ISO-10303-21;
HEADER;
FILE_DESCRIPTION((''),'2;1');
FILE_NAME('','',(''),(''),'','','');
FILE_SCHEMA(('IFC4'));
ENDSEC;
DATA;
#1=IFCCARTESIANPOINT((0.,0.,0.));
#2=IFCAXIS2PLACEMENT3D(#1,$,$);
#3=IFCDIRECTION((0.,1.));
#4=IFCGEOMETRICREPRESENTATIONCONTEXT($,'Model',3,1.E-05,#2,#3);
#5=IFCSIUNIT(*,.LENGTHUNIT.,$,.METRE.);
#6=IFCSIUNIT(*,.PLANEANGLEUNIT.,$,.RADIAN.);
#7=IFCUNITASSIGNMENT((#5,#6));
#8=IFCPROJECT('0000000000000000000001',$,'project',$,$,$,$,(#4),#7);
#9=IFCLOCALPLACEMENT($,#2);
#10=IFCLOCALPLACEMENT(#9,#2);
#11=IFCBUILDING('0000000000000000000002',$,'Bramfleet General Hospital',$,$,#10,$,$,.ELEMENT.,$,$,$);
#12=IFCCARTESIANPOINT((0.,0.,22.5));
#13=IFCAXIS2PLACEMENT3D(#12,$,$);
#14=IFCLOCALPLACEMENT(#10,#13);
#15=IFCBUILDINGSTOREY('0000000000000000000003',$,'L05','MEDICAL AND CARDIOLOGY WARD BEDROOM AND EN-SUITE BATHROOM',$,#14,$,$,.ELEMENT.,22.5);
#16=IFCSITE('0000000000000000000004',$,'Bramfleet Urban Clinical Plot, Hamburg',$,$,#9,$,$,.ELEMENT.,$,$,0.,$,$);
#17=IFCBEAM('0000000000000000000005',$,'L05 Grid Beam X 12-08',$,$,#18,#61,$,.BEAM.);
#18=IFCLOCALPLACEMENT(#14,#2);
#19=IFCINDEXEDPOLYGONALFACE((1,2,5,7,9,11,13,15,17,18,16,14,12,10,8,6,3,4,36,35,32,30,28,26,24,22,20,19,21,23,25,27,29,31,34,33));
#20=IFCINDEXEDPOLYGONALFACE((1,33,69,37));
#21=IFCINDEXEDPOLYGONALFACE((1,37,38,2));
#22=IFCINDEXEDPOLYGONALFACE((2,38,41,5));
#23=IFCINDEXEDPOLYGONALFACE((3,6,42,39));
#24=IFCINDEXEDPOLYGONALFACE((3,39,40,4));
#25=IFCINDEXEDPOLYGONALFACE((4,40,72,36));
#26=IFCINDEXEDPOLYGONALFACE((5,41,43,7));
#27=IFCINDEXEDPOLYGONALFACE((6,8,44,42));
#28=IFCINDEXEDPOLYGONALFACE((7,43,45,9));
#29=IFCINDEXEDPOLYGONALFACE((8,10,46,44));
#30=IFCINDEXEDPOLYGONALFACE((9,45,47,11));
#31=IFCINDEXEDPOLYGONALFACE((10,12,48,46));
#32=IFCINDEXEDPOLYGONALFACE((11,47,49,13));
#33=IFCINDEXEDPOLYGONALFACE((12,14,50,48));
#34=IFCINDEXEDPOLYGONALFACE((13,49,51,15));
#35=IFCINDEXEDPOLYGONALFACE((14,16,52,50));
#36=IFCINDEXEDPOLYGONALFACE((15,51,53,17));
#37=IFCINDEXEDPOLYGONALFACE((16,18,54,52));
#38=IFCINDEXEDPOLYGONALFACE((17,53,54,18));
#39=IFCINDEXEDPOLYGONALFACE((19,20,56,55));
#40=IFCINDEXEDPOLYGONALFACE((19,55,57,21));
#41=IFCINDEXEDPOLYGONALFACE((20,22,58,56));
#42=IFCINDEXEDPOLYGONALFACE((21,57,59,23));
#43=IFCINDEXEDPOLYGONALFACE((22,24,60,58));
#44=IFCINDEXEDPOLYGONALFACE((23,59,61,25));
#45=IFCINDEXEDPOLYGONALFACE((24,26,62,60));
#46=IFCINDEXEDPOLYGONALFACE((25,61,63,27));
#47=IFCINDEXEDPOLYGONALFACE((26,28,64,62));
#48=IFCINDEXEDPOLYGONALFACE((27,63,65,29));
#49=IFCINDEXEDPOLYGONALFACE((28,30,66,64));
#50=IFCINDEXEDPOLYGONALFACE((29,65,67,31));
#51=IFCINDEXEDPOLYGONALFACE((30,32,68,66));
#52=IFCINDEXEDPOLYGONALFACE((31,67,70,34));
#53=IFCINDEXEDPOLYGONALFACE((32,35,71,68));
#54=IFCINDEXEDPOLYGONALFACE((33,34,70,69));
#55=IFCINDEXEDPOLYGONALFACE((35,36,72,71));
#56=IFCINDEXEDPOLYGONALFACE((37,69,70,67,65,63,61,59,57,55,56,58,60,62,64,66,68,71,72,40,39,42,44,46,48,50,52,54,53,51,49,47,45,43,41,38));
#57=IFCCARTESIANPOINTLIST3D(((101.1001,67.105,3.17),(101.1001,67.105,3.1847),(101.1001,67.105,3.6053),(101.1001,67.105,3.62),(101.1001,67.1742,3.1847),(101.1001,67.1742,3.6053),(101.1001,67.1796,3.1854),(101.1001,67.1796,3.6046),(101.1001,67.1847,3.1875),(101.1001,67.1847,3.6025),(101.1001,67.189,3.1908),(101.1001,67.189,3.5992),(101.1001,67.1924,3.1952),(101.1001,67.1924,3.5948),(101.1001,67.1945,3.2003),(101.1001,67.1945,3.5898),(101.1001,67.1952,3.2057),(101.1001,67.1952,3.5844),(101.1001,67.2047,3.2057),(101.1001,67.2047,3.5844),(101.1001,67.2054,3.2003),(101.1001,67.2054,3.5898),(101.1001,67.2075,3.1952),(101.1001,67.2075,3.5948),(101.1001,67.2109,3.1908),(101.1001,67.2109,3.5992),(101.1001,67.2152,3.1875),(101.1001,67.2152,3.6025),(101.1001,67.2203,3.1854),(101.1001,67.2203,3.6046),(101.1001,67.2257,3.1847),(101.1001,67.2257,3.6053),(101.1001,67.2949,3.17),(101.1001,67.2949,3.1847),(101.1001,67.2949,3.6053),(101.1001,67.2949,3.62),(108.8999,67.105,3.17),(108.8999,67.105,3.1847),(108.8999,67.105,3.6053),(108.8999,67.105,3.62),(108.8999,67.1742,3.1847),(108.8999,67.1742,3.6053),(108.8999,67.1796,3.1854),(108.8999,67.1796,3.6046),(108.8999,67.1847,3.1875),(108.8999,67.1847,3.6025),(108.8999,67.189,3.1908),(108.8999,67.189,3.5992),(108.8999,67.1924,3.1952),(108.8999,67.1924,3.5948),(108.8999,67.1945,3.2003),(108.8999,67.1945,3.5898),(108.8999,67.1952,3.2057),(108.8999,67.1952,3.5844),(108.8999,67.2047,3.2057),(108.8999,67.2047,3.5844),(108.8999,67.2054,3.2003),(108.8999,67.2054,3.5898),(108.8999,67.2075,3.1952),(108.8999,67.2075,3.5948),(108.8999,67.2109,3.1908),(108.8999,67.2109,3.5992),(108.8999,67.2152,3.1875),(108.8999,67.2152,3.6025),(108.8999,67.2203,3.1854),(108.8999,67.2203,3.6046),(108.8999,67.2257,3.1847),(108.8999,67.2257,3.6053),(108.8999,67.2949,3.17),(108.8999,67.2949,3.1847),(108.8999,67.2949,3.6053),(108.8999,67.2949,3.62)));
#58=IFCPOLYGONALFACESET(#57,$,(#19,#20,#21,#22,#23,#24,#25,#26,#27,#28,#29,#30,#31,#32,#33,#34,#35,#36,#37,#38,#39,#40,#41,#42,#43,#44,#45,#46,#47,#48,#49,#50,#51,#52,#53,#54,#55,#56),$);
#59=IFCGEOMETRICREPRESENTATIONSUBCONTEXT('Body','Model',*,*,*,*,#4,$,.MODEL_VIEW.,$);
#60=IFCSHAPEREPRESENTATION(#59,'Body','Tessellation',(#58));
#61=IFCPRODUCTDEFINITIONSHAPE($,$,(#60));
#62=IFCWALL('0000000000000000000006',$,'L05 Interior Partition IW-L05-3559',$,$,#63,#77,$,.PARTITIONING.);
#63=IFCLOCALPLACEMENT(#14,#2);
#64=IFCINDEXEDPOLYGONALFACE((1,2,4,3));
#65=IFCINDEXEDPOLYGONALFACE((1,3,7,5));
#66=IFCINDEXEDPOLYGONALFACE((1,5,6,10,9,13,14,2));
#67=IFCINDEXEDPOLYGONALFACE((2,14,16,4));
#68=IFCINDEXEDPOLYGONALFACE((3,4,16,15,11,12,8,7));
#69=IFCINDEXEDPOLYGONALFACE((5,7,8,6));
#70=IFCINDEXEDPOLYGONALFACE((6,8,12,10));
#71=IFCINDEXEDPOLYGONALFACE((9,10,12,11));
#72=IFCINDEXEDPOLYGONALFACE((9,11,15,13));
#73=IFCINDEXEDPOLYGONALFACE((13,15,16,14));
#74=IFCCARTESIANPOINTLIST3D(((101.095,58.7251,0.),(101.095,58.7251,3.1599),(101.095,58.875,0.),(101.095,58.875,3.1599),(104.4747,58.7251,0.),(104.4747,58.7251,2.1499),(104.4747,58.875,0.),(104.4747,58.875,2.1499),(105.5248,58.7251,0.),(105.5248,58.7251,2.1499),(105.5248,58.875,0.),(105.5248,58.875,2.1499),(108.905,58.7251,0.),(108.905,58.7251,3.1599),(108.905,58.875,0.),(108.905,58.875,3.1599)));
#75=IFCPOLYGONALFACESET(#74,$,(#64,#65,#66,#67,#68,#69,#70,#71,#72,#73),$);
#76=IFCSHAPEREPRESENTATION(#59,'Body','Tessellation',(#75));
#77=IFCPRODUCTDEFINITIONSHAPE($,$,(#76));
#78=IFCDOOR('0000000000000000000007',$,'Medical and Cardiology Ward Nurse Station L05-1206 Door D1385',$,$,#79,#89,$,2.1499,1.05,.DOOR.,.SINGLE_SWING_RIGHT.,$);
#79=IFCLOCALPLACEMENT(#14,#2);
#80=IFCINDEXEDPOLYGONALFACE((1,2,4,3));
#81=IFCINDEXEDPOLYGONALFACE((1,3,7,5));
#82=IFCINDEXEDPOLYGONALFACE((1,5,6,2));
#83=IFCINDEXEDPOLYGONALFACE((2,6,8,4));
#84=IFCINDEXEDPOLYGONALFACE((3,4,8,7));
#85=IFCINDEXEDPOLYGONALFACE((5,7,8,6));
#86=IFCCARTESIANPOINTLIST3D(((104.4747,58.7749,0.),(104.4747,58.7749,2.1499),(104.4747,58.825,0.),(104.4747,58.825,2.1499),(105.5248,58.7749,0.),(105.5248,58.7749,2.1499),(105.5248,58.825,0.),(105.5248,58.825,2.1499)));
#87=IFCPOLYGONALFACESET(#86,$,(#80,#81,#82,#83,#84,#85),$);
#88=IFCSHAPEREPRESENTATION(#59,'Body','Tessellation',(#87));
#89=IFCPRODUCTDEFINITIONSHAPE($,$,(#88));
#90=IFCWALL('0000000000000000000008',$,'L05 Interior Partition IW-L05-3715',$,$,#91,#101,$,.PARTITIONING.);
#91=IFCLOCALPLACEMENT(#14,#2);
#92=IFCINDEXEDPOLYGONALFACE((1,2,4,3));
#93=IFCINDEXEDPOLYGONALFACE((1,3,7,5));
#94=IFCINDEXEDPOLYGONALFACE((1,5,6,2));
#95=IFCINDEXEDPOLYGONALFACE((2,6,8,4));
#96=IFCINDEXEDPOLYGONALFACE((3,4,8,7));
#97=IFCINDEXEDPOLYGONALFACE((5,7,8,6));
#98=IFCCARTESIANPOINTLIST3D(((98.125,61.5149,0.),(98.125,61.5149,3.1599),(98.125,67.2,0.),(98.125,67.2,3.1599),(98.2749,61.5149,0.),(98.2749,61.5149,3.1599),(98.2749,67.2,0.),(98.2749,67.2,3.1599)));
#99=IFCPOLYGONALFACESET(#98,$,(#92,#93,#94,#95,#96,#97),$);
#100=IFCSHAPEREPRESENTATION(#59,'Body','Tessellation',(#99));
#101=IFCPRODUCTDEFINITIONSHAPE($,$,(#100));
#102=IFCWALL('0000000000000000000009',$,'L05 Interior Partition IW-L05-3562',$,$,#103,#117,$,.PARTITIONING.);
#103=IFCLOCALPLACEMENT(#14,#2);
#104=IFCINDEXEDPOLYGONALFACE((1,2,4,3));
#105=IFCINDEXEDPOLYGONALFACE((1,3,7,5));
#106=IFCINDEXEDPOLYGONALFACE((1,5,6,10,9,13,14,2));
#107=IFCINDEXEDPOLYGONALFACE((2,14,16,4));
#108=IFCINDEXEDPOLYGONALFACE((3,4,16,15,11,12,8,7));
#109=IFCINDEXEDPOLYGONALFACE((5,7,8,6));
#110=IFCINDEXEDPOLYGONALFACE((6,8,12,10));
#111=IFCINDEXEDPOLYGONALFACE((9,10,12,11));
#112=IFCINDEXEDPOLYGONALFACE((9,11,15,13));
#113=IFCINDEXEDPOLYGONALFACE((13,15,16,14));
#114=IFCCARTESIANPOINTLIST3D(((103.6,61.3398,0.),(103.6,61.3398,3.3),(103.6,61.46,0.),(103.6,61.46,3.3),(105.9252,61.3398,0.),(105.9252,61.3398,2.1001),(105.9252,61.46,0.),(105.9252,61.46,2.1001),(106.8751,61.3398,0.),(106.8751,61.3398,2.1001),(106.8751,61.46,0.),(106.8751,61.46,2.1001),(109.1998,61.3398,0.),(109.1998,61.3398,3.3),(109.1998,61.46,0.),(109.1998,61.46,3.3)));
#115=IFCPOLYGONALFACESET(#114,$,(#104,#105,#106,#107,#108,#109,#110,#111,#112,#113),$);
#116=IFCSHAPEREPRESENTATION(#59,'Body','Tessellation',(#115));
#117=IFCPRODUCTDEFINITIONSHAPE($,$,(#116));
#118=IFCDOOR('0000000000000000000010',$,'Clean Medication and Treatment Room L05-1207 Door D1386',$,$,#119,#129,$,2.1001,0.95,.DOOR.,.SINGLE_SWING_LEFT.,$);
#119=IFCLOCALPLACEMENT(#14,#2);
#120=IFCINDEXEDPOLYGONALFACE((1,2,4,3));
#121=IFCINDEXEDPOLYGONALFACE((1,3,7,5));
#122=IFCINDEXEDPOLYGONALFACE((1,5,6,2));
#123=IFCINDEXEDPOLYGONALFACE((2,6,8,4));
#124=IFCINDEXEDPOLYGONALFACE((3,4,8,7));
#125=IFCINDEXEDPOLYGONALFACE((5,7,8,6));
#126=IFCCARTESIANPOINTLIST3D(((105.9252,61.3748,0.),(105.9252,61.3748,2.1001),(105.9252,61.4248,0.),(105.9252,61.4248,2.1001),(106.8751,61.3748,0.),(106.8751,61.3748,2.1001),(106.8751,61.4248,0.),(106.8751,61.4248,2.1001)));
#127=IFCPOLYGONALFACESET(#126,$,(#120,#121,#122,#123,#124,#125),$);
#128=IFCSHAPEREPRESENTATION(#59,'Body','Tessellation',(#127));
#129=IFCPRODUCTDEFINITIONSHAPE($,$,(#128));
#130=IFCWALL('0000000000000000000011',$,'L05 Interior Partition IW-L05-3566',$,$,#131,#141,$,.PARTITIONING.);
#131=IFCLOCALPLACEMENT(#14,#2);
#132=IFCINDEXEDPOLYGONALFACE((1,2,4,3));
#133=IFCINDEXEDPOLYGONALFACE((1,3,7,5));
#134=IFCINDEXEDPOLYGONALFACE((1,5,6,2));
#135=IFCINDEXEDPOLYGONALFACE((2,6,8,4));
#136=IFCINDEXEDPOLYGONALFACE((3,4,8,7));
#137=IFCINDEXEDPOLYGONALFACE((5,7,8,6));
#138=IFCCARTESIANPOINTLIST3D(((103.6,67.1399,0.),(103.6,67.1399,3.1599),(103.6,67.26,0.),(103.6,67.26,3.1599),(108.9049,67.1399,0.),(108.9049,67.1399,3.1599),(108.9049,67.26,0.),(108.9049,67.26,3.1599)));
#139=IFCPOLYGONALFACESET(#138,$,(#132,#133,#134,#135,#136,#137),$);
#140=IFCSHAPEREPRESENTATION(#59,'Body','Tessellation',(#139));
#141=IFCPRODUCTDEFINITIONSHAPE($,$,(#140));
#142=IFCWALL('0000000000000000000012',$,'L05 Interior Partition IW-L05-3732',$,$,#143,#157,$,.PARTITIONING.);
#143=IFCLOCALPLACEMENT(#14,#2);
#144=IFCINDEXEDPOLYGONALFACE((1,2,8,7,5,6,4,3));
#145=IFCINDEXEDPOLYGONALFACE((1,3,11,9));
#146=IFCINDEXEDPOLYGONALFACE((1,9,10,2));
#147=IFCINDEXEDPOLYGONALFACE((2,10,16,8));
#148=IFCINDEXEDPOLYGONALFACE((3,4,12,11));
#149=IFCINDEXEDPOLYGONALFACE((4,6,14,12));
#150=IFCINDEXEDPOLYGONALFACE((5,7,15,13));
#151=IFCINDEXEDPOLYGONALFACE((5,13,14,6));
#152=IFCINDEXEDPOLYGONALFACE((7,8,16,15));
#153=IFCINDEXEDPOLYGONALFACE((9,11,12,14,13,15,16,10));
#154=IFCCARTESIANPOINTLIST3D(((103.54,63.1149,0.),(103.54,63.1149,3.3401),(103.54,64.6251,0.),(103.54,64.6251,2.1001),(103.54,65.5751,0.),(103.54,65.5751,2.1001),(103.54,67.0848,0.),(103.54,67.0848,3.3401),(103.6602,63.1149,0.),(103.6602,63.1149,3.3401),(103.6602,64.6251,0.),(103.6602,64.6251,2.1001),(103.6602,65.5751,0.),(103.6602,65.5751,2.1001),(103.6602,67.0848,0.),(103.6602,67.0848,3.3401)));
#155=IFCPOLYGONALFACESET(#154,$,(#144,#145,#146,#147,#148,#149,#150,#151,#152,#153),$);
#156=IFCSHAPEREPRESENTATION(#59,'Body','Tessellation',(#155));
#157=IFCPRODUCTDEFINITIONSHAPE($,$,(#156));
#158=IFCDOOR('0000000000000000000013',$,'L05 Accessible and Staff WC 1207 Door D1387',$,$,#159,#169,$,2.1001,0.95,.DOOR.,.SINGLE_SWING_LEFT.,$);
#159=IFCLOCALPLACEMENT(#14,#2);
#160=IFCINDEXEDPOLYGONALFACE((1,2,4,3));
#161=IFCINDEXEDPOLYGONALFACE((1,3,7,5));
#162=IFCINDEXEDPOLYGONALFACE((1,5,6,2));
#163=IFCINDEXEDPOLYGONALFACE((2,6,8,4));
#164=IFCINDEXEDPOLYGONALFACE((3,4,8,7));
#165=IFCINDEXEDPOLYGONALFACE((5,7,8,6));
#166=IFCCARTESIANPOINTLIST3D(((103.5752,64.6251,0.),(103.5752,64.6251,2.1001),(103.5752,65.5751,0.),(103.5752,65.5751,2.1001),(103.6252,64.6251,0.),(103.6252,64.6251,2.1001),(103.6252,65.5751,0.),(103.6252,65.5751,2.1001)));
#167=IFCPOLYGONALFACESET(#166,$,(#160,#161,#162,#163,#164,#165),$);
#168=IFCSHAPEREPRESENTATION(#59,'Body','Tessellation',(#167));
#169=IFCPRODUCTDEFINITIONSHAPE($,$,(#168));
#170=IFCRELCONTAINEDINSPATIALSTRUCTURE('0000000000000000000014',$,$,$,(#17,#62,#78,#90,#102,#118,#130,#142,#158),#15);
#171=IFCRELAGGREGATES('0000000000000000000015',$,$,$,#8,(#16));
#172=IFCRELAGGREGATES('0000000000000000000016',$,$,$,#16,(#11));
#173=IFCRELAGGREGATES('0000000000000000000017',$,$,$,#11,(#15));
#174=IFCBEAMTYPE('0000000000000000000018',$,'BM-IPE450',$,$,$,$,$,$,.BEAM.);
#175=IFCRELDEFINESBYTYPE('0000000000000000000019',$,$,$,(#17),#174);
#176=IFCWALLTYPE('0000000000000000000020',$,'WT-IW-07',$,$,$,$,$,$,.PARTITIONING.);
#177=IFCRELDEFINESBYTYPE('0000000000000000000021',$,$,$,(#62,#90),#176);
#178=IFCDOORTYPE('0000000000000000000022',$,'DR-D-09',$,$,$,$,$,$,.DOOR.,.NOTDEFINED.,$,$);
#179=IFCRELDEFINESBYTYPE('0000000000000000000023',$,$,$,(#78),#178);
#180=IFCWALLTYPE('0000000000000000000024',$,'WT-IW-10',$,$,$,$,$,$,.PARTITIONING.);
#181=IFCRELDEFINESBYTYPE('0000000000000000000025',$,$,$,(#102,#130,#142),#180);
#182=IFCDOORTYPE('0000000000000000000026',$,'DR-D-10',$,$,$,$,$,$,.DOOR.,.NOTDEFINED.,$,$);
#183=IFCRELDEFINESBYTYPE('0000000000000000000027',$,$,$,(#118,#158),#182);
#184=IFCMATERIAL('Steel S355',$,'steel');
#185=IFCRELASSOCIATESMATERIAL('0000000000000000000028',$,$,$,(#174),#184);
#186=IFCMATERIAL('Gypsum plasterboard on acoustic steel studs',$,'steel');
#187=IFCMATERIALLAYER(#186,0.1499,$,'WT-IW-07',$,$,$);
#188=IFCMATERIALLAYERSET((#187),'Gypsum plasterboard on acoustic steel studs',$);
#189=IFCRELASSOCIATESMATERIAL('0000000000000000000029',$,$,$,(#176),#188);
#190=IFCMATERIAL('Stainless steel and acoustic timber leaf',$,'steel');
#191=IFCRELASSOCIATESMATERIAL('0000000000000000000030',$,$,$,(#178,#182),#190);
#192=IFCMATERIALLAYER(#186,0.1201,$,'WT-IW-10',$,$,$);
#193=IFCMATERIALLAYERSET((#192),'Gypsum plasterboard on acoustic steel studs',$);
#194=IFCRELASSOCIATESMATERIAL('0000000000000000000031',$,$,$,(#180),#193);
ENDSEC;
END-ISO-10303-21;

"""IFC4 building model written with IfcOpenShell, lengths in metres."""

from ifc_helpers import new_model, si_unit, direction, frame, frame_2d, origin, origin_2d, place, context, subcontext, project, spatial, rectangle, i_section, extrude, material, layer, layer_set, material_profile, profile_set, type_object, element, fill, save


model = new_model("IFC4")

# Units and contexts
model_context = context("Model", 3, precision=1e-05, world=origin(), true_north=direction((0.0, 1.0)))
body_context = subcontext(model_context, "Body", "Model", "MODEL_VIEW")
ifc_project = project(units=[si_unit("LENGTHUNIT", "METRE"), si_unit("PLANEANGLEUNIT", "RADIAN")], contexts=[model_context])

# Site, building, storey
site_placement = place(None, origin())
site = spatial("IfcSite", under=ifc_project, at=site_placement, Name="Bramfleet Urban Clinical Plot, Hamburg", CompositionType="ELEMENT", RefElevation=0.0)
building_placement = place(site_placement, origin())
building = spatial("IfcBuilding", under=site, at=building_placement, Name="Bramfleet General Hospital", CompositionType="ELEMENT")
storey_placement = place(building_placement, frame((0.0, 0.0, 22.5)))
storey = spatial("IfcBuildingStorey", under=building, at=storey_placement, Name="L05", Description="MEDICAL AND CARDIOLOGY WARD BEDROOM AND EN-SUITE BATHROOM", CompositionType="ELEMENT", Elevation=22.5)

# Beam
ifc_material_1 = material(Name="Steel S355", Category="steel")
ifc_material_profile_1 = material_profile(ifc_material_1, i_section(OverallWidth=0.1899, OverallDepth=0.45, WebThickness=0.0095, FlangeThickness=0.0146, FilletRadius=0.021, at=origin_2d()), Name="IPE 450")
ifc_profile_set_1 = profile_set([ifc_material_profile_1], Name="Steel S355")
beam_type_1 = type_object("IfcBeamType", Name="BM-IPE450", PredefinedType="BEAM", material=ifc_profile_set_1)
for number, where, z_axis, x_axis, name in (
    (1, (101.1001, 67.2, 3.395), (1.0, 0.0, 0.0), (0.0, 1.0, 0.0), "L05 Grid Beam X 12-08"),
):
    element("IfcBeam", number, at=place(storey_placement, frame(where, z_axis=z_axis, x_axis=x_axis)), inside=storey, type_object=beam_type_1, Name=name, PredefinedType="BEAM", context=body_context, shape_type="SweptSolid", body=[
        extrude(i_section(OverallWidth=0.1899, OverallDepth=0.45, WebThickness=0.0095, FlangeThickness=0.0146, FilletRadius=0.021, at=origin_2d()), origin(), (0.0, 0.0, 1.0), 7.7998),
    ])

# Wall, opening, door
ifc_material_2 = material(Name="Gypsum plasterboard on acoustic steel studs", Category="steel")
ifc_layer_1 = layer(ifc_material_2, 0.1499, Name="WT-IW-07")
ifc_layer_set_1 = layer_set([ifc_layer_1], Name="Gypsum plasterboard on acoustic steel studs")
wall_type_1 = type_object("IfcWallType", Name="WT-IW-07", PredefinedType="PARTITIONING", material=ifc_layer_set_1)
wall_1_placement = place(storey_placement, frame((101.095, 58.8, 0.0), z_axis=(0.0, 0.0, 1.0), x_axis=(1.0, 0.0, 0.0)))
wall_1 = element("IfcWall", 2, at=wall_1_placement, inside=storey, type_object=wall_type_1, Name="L05 Interior Partition IW-L05-3559", PredefinedType="PARTITIONING", context=body_context, shape_type="SweptSolid", body=[
    extrude(rectangle(XDim=7.8101, YDim=0.1499, at=frame_2d((3.905, 0.0))), origin(), (0.0, 0.0, 1.0), 3.1599),
])
opening_1_placement = place(wall_1_placement, frame((3.3799, 0.0, 0.0)))
opening_1 = element("IfcOpeningElement", 3, at=opening_1_placement, cuts=wall_1, PredefinedType="OPENING", context=body_context, shape_type="SweptSolid", body=[
    extrude(rectangle(XDim=1.05, YDim=2.1499, at=frame_2d((0.5249, 1.075))), frame((0.0, 0.085, 0.0), z_axis=(0.0, -1.0, 0.0), x_axis=(1.0, 0.0, 0.0)), (0.0, 0.0, 1.0), 0.1699),
])
ifc_material_3 = material(Name="Stainless steel and acoustic timber leaf", Category="steel")
door_type_1 = type_object("IfcDoorType", Name="DR-D-09", OperationType="NOTDEFINED", PredefinedType="DOOR", material=ifc_material_3)
door_1_placement = place(opening_1_placement, origin())
door_1 = element("IfcDoor", 4, at=door_1_placement, inside=storey, type_object=door_type_1, Name="Medical and Cardiology Ward Nurse Station L05-1206 Door D1385", OperationType="SINGLE_SWING_RIGHT", OverallHeight=2.1499, OverallWidth=1.05, PredefinedType="DOOR", context=body_context, shape_type="SweptSolid", body=[
    extrude(rectangle(XDim=1.05, YDim=2.1499, at=frame_2d((0.5249, 1.075))), frame((0.0, 0.0249, 0.0), z_axis=(0.0, -1.0, 0.0), x_axis=(1.0, 0.0, 0.0)), (0.0, 0.0, 1.0), 0.05),
])
fill(opening_1, door_1)

# Wall
wall_2_placement = place(storey_placement, frame((98.2, 61.5149, 0.0), z_axis=(0.0, 0.0, 1.0), x_axis=(0.0, 1.0, 0.0)))
element("IfcWall", 5, at=wall_2_placement, inside=storey, type_object=wall_type_1, Name="L05 Interior Partition IW-L05-3715", PredefinedType="PARTITIONING", context=body_context, shape_type="SweptSolid", body=[
    extrude(rectangle(XDim=5.6851, YDim=0.1499, at=frame_2d((2.8425, 0.0))), origin(), (0.0, 0.0, 1.0), 3.1599),
])

# Wall, opening, door
ifc_layer_2 = layer(ifc_material_2, 0.1201, Name="WT-IW-10")
ifc_layer_set_2 = layer_set([ifc_layer_2], Name="Gypsum plasterboard on acoustic steel studs")
wall_type_2 = type_object("IfcWallType", Name="WT-IW-10", PredefinedType="PARTITIONING", material=ifc_layer_set_2)
wall_3_placement = place(storey_placement, frame((103.6001, 61.3999, 0.0), z_axis=(0.0, 0.0, 1.0), x_axis=(1.0, 0.0, 0.0)))
wall_3 = element("IfcWall", 6, at=wall_3_placement, inside=storey, type_object=wall_type_2, Name="L05 Interior Partition IW-L05-3562", PredefinedType="PARTITIONING", context=body_context, shape_type="SweptSolid", body=[
    extrude(rectangle(XDim=5.5999, YDim=0.1201, at=frame_2d((2.7998, 0.0))), origin(), (0.0, 0.0, 1.0), 3.3),
])
opening_2_placement = place(wall_3_placement, frame((2.325, 0.0, 0.0)))
opening_2 = element("IfcOpeningElement", 7, at=opening_2_placement, cuts=wall_3, PredefinedType="OPENING", context=body_context, shape_type="SweptSolid", body=[
    extrude(rectangle(XDim=0.95, YDim=2.1001, at=frame_2d((0.4751, 1.05))), frame((0.0, 0.0701, 0.0), z_axis=(0.0, -1.0, 0.0), x_axis=(1.0, 0.0, 0.0)), (0.0, 0.0, 1.0), 0.1401),
])
door_type_2 = type_object("IfcDoorType", Name="DR-D-10", OperationType="NOTDEFINED", PredefinedType="DOOR", material=ifc_material_3)
door_2_placement = place(opening_2_placement, origin())
door_2 = element("IfcDoor", 8, at=door_2_placement, inside=storey, type_object=door_type_2, Name="Clean Medication and Treatment Room L05-1207 Door D1386", OperationType="SINGLE_SWING_LEFT", OverallHeight=2.1001, OverallWidth=0.95, PredefinedType="DOOR", context=body_context, shape_type="SweptSolid", body=[
    extrude(rectangle(XDim=0.95, YDim=2.1001, at=frame_2d((0.4751, 1.05))), frame((0.0, 0.0249, 0.0), z_axis=(0.0, -1.0, 0.0), x_axis=(1.0, 0.0, 0.0)), (0.0, 0.0, 1.0), 0.05),
])
fill(opening_2, door_2)

# Wall
wall_4_placement = place(storey_placement, frame((103.6001, 67.2, 0.0), z_axis=(0.0, 0.0, 1.0), x_axis=(1.0, 0.0, 0.0)))
element("IfcWall", 9, at=wall_4_placement, inside=storey, type_object=wall_type_2, Name="L05 Interior Partition IW-L05-3566", PredefinedType="PARTITIONING", context=body_context, shape_type="SweptSolid", body=[
    extrude(rectangle(XDim=5.3049, YDim=0.1201, at=frame_2d((2.6523, 0.0))), origin(), (0.0, 0.0, 1.0), 3.1599),
])

# Wall, opening, door
wall_5_placement = place(storey_placement, frame((103.6001, 63.115, 0.0), z_axis=(0.0, 0.0, 1.0), x_axis=(0.0, 1.0, 0.0)))
wall_5 = element("IfcWall", 10, at=wall_5_placement, inside=storey, type_object=wall_type_2, Name="L05 Interior Partition IW-L05-3732", PredefinedType="PARTITIONING", context=body_context, shape_type="SweptSolid", body=[
    extrude(rectangle(XDim=3.97, YDim=0.1201, at=frame_2d((1.9849, 0.0))), origin(), (0.0, 0.0, 1.0), 3.3401),
])
opening_3_placement = place(wall_5_placement, frame((1.51, 0.0, 0.0)))
opening_3 = element("IfcOpeningElement", 11, at=opening_3_placement, cuts=wall_5, PredefinedType="OPENING", context=body_context, shape_type="SweptSolid", body=[
    extrude(rectangle(XDim=0.95, YDim=2.1001, at=frame_2d((0.4751, 1.05))), frame((0.0, 0.0701, 0.0), z_axis=(0.0, -1.0, 0.0), x_axis=(1.0, 0.0, 0.0)), (0.0, 0.0, 1.0), 0.1401),
])
door_3_placement = place(opening_3_placement, origin())
door_3 = element("IfcDoor", 12, at=door_3_placement, inside=storey, type_object=door_type_2, Name="L05 Accessible and Staff WC 1207 Door D1387", OperationType="SINGLE_SWING_LEFT", OverallHeight=2.1001, OverallWidth=0.95, PredefinedType="DOOR", context=body_context, shape_type="SweptSolid", body=[
    extrude(rectangle(XDim=0.95, YDim=2.1001, at=frame_2d((0.4751, 1.05))), frame((0.0, 0.0249, 0.0), z_axis=(0.0, -1.0, 0.0), x_axis=(1.0, 0.0, 0.0)), (0.0, 0.0, 1.0), 0.05),
])
fill(opening_3, door_3)

save(model, "model.ifc")
